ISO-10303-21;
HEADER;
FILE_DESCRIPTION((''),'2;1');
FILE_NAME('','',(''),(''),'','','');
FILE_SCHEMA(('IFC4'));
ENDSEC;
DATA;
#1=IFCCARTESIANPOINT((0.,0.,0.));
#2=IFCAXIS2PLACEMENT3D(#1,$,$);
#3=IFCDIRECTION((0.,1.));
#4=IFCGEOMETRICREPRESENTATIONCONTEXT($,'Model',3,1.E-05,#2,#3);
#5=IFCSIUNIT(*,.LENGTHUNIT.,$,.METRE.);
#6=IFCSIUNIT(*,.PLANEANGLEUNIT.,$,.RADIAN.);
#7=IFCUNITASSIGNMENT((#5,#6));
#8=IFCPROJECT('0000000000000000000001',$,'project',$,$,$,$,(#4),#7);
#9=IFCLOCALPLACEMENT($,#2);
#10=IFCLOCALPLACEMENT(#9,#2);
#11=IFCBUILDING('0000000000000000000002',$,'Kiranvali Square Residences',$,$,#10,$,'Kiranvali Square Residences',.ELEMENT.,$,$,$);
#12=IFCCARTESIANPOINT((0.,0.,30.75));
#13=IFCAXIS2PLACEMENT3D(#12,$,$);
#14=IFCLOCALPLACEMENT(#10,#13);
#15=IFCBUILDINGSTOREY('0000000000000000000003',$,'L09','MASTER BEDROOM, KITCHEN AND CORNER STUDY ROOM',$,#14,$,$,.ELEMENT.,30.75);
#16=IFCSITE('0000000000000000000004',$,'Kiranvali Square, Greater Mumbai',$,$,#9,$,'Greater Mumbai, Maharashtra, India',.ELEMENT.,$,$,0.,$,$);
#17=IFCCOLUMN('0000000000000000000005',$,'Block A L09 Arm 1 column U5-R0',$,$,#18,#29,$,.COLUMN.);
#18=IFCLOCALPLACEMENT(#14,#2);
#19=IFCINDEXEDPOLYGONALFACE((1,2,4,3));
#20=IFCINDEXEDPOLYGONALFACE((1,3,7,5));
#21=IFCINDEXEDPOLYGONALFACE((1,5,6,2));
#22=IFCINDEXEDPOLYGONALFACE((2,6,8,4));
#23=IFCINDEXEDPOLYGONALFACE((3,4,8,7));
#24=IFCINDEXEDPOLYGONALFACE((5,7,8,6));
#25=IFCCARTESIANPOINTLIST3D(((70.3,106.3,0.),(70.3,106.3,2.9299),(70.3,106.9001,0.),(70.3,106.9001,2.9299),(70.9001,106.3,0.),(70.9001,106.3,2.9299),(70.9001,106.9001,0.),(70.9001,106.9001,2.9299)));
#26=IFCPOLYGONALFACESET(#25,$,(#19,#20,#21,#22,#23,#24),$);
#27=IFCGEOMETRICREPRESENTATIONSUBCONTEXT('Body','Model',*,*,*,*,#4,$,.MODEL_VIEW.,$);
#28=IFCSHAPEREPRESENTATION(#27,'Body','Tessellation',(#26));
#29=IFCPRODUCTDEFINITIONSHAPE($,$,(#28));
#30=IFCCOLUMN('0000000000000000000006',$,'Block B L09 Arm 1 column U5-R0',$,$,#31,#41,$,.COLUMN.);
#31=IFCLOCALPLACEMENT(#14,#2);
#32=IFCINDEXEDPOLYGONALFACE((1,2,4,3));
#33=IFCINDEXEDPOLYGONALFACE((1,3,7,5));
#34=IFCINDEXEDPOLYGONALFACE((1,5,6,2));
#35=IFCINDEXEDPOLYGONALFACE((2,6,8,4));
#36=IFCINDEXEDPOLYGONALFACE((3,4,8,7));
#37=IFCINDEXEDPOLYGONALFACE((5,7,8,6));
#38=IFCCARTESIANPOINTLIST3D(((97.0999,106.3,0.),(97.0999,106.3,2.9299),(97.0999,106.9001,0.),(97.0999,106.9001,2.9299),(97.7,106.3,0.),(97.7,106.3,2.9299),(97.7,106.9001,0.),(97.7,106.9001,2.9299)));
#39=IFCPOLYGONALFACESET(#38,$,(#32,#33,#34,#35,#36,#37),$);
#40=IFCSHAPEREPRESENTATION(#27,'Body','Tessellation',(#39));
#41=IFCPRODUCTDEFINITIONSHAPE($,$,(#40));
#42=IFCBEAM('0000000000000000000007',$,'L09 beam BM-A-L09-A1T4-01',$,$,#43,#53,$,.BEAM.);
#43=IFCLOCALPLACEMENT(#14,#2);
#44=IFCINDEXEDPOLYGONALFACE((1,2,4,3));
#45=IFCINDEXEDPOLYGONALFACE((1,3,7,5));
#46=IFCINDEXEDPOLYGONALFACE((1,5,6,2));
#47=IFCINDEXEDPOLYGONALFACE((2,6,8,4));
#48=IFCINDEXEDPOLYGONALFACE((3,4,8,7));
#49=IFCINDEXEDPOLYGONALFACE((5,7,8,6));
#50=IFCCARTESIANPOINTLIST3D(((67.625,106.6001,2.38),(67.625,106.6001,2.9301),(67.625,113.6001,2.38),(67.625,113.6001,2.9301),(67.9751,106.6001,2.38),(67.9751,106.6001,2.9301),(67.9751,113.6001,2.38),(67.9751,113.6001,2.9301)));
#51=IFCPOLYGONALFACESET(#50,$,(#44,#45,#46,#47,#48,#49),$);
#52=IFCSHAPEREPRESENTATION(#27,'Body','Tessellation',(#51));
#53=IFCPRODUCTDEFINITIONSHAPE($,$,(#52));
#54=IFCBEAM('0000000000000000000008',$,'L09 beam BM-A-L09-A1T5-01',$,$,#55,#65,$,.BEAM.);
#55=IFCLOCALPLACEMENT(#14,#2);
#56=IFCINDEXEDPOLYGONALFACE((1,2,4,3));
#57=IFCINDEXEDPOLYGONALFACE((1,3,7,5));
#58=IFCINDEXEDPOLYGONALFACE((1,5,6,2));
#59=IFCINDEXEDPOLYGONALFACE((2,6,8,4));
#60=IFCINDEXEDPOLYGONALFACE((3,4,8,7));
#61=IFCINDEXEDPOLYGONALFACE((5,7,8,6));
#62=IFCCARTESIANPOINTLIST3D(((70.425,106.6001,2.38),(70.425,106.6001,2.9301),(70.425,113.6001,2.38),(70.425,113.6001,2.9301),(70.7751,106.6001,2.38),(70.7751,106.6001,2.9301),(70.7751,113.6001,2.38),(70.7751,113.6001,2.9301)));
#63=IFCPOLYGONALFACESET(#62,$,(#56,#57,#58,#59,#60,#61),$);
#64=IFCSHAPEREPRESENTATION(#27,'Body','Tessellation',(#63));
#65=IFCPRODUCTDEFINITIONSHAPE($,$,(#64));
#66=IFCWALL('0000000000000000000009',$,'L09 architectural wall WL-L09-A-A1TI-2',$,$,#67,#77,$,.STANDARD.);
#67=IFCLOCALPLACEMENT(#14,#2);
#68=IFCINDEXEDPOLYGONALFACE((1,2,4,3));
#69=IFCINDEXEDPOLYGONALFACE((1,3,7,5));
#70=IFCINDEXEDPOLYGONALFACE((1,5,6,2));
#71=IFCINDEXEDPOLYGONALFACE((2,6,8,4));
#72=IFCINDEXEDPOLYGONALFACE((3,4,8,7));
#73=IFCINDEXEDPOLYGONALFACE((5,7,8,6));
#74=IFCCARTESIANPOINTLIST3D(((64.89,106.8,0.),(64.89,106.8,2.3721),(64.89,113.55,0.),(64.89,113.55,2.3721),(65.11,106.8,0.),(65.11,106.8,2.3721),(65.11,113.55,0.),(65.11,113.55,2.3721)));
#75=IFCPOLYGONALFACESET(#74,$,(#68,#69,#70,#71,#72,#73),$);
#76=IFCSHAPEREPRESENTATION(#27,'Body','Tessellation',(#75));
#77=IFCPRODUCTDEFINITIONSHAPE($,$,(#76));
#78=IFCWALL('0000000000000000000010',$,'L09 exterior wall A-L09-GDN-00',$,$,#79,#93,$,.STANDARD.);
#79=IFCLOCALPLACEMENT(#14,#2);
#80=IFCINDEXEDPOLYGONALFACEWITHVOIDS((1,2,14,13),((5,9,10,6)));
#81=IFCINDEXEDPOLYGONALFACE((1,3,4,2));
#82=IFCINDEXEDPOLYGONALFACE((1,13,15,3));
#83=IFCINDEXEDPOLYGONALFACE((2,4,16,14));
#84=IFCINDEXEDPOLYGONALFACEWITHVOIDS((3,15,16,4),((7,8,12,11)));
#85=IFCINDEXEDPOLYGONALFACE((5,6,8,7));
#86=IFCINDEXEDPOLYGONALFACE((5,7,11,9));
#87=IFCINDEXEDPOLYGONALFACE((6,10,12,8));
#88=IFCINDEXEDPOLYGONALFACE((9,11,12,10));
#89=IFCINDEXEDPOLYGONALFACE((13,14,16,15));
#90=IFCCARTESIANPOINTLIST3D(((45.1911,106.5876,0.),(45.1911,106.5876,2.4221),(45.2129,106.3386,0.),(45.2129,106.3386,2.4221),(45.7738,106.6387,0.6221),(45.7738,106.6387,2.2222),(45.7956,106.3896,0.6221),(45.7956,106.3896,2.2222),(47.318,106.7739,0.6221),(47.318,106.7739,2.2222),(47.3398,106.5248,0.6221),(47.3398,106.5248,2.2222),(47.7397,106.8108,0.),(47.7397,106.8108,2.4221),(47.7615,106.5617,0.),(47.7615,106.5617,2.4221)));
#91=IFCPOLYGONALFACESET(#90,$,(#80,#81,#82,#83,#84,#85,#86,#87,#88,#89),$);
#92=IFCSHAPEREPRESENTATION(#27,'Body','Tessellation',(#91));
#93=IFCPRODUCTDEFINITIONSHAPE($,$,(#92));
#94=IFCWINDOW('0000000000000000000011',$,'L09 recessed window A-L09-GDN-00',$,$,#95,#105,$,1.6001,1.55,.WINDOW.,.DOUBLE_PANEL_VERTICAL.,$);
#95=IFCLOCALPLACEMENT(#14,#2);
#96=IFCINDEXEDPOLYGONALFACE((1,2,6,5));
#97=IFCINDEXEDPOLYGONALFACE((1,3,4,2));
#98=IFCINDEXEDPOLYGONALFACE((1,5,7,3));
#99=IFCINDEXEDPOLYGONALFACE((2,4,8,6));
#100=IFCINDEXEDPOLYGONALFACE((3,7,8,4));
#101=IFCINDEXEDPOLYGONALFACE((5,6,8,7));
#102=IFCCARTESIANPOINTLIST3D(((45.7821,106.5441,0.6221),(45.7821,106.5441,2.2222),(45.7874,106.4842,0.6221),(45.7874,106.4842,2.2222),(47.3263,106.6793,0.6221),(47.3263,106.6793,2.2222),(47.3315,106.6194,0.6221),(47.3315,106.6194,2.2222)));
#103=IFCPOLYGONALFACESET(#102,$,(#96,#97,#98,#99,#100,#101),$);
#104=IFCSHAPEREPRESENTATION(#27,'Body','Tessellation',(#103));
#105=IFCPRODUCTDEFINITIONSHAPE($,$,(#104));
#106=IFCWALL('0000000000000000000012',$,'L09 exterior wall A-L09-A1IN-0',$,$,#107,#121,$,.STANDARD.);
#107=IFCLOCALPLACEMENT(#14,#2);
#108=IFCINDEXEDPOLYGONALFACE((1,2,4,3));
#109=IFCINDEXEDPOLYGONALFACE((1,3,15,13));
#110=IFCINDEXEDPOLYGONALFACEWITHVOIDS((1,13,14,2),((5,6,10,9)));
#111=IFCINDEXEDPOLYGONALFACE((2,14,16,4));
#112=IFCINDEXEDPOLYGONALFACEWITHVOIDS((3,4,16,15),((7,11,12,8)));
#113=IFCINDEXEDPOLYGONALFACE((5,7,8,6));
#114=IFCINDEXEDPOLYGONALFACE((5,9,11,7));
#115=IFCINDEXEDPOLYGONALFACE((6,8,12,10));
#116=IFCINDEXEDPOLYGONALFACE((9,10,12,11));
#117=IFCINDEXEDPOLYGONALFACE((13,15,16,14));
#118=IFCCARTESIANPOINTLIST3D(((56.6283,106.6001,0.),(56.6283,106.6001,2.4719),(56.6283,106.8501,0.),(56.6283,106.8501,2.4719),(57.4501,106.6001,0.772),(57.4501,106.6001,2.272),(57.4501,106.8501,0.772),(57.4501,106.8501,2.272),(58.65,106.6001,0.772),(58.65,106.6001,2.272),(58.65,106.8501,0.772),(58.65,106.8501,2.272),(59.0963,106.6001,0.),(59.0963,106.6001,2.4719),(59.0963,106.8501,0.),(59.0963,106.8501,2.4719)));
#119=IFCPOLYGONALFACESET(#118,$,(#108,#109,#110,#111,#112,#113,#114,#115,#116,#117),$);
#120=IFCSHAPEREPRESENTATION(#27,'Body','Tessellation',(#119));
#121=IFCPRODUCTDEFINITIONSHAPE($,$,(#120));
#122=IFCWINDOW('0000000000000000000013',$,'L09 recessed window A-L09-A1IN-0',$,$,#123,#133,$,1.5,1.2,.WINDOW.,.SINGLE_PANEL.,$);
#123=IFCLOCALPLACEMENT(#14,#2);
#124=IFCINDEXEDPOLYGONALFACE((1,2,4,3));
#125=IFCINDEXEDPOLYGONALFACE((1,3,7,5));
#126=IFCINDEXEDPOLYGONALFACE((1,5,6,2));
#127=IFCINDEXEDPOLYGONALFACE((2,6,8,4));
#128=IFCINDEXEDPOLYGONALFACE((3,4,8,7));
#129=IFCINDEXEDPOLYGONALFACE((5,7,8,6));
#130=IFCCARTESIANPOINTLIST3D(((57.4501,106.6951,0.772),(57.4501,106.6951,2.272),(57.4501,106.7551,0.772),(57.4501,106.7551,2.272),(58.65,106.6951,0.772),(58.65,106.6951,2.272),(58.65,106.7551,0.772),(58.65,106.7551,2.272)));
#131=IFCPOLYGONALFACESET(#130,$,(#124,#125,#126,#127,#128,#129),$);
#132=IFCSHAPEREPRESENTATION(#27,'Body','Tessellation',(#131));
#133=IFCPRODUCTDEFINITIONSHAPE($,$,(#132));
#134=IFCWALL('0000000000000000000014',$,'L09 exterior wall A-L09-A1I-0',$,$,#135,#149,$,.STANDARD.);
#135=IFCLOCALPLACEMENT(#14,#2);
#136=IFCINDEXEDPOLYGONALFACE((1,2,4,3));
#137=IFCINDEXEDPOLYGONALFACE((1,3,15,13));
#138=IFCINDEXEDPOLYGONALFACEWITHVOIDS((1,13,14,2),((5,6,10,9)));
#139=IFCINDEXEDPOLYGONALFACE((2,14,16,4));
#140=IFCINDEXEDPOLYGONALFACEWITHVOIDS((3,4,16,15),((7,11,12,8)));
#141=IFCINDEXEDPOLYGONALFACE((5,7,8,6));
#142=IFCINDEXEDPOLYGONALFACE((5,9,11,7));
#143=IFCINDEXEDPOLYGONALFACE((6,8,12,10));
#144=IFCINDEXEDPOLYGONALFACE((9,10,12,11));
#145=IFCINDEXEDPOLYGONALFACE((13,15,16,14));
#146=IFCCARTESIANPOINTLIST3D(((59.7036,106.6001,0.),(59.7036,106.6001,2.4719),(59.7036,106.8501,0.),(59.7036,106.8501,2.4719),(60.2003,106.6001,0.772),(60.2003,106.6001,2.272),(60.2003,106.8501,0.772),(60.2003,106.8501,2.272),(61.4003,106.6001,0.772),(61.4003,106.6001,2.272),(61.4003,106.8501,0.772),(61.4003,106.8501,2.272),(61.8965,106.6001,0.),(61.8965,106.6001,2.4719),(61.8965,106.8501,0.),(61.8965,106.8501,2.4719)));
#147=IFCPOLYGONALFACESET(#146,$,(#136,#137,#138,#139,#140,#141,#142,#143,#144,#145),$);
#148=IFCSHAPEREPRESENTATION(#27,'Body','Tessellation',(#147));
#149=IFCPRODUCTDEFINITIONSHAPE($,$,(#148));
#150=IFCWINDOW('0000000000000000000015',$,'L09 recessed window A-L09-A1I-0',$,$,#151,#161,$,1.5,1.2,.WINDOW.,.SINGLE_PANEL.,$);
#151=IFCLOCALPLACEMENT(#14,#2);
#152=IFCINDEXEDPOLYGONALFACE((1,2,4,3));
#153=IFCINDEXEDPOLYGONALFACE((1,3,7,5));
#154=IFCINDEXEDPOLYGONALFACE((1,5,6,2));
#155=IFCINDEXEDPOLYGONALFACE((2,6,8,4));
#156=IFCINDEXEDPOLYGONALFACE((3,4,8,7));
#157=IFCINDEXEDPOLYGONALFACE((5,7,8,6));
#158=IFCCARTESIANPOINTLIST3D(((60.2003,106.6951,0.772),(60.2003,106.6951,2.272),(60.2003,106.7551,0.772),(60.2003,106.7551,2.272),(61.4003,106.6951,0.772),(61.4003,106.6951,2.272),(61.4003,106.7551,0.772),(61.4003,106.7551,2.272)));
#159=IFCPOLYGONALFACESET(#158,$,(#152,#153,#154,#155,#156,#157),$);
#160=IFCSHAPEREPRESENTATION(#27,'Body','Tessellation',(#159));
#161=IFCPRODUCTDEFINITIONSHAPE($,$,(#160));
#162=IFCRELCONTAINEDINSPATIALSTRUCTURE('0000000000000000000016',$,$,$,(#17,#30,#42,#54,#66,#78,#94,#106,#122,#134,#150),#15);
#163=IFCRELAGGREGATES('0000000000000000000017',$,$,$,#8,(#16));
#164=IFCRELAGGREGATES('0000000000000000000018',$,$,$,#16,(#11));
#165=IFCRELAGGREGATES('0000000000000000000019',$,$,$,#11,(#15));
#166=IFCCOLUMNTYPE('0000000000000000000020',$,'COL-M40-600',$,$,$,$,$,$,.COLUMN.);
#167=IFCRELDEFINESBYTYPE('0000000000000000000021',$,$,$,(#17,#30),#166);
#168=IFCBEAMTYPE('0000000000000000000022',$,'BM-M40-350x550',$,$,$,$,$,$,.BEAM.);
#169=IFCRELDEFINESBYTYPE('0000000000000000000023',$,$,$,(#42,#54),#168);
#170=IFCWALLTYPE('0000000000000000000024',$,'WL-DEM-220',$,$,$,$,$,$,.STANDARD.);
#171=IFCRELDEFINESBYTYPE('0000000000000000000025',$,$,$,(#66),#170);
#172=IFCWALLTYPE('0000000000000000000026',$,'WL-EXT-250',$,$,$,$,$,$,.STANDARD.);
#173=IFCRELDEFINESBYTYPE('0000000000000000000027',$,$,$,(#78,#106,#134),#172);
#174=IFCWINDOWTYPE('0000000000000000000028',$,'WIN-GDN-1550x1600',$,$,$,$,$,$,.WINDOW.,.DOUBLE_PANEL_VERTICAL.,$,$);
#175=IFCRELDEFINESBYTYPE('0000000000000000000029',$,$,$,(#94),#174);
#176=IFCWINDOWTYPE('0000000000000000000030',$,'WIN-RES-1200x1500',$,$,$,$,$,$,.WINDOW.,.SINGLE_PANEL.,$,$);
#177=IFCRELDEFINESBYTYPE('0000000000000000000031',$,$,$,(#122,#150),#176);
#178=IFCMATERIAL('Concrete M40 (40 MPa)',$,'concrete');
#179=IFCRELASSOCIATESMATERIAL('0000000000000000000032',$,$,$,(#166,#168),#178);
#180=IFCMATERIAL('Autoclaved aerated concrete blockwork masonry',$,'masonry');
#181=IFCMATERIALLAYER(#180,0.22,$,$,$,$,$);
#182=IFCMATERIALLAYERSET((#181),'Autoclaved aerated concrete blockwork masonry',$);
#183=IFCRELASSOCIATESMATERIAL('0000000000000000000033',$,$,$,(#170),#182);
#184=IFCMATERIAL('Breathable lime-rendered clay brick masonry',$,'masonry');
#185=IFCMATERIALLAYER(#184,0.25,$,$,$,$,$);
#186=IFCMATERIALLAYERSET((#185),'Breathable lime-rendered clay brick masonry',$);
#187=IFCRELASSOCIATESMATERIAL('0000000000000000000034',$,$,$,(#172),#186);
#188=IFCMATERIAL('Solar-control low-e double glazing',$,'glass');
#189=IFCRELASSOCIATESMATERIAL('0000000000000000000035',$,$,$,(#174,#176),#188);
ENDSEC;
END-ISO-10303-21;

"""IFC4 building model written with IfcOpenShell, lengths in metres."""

from ifc_helpers import new_model, si_unit, direction, frame, frame_2d, origin, origin_2d, place, context, subcontext, project, spatial, rectangle, extrude, material, layer, layer_set, material_profile, profile_set, type_object, element, fill, save


model = new_model("IFC4")

# Units and contexts
model_context = context("Model", 3, precision=1e-05, world=origin(), true_north=direction((0.0, 1.0)))
body_context = subcontext(model_context, "Body", "Model", "MODEL_VIEW")
ifc_project = project(units=[si_unit("LENGTHUNIT", "METRE"), si_unit("PLANEANGLEUNIT", "RADIAN")], contexts=[model_context])

# Site, building, storey
site_placement = place(None, origin())
site = spatial("IfcSite", under=ifc_project, at=site_placement, Name="Kiranvali Square, Greater Mumbai", LongName="Greater Mumbai, Maharashtra, India", CompositionType="ELEMENT", RefElevation=0.0)
building_placement = place(site_placement, origin())
building = spatial("IfcBuilding", under=site, at=building_placement, Name="Kiranvali Square Residences", LongName="Kiranvali Square Residences", CompositionType="ELEMENT")
storey_placement = place(building_placement, frame((0.0, 0.0, 30.75)))
storey = spatial("IfcBuildingStorey", under=building, at=storey_placement, Name="L09", Description="MASTER BEDROOM, KITCHEN AND CORNER STUDY ROOM", CompositionType="ELEMENT", Elevation=30.75)

# Columns
ifc_material_1 = material(Name="Concrete M40 (40 MPa)", Category="concrete")
ifc_material_profile_1 = material_profile(ifc_material_1, rectangle(XDim=0.6001, YDim=0.6001, at=origin_2d()), Name="RC 600x600")
ifc_profile_set_1 = profile_set([ifc_material_profile_1], Name="Concrete M40 (40 MPa)")
column_type = type_object("IfcColumnType", Name="COL-M40-600", PredefinedType="COLUMN", material=ifc_profile_set_1)
for number, where, z_axis, x_axis, name in (
    (1, (70.6001, 106.6001, 0.0), (0.0, 0.0, 1.0), (1.0, 0.0, 0.0), "Block A L09 Arm 1 column U5-R0"),
    (2, (97.3999, 106.6001, 0.0), (0.0, 0.0, 1.0), (1.0, 0.0, 0.0), "Block B L09 Arm 1 column U5-R0"),
):
    element("IfcColumn", number, at=place(storey_placement, frame(where, z_axis=z_axis, x_axis=x_axis)), inside=storey, type_object=column_type, Name=name, PredefinedType="COLUMN", context=body_context, shape_type="SweptSolid", body=[
        extrude(rectangle(XDim=0.6001, YDim=0.6001, at=origin_2d()), origin(), (0.0, 0.0, 1.0), 2.9299),
    ])

# Beams
ifc_material_profile_2 = material_profile(ifc_material_1, rectangle(XDim=0.3501, YDim=0.55, at=origin_2d()), Name="RC 350x550")
ifc_profile_set_2 = profile_set([ifc_material_profile_2], Name="Concrete M40 (40 MPa)")
beam_type = type_object("IfcBeamType", Name="BM-M40-350x550", PredefinedType="BEAM", material=ifc_profile_set_2)
for number, where, z_axis, x_axis, name in (
    (3, (67.8, 106.6001, 2.655), (0.0, 1.0, 0.0), (-1.0, 0.0, 0.0), "L09 beam BM-A-L09-A1T4-01"),
    (4, (70.6001, 106.6001, 2.655), (0.0, 1.0, 0.0), (-1.0, 0.0, 0.0), "L09 beam BM-A-L09-A1T5-01"),
):
    element("IfcBeam", number, at=place(storey_placement, frame(where, z_axis=z_axis, x_axis=x_axis)), inside=storey, type_object=beam_type, Name=name, PredefinedType="BEAM", context=body_context, shape_type="SweptSolid", body=[
        extrude(rectangle(XDim=0.3501, YDim=0.55, at=origin_2d()), origin(), (0.0, 0.0, 1.0), 7.0),
    ])

# Wall
ifc_material_2 = material(Name="Autoclaved aerated concrete blockwork masonry", Category="masonry")
ifc_layer_1 = layer(ifc_material_2, 0.22)
ifc_layer_set_1 = layer_set([ifc_layer_1], Name="Autoclaved aerated concrete blockwork masonry")
wall_type_1 = type_object("IfcWallType", Name="WL-DEM-220", PredefinedType="STANDARD", material=ifc_layer_set_1)
wall_1_placement = place(storey_placement, frame((65.0, 106.8, 0.0), z_axis=(0.0, 0.0, 1.0), x_axis=(0.0, 1.0, 0.0)))
element("IfcWall", 5, at=wall_1_placement, inside=storey, type_object=wall_type_1, Name="L09 architectural wall WL-L09-A-A1TI-2", PredefinedType="STANDARD", context=body_context, shape_type="SweptSolid", body=[
    extrude(rectangle(XDim=6.75, YDim=0.22, at=frame_2d((3.375, 0.0))), origin(), (0.0, 0.0, 1.0), 2.3721),
])

# Walls, openings, windows
ifc_material_3 = material(Name="Breathable lime-rendered clay brick masonry", Category="masonry")
ifc_layer_2 = layer(ifc_material_3, 0.25)
ifc_layer_set_2 = layer_set([ifc_layer_2], Name="Breathable lime-rendered clay brick masonry")
wall_type_2 = type_object("IfcWallType", Name="WL-EXT-250", PredefinedType="STANDARD", material=ifc_layer_set_2)
wall_2_placement = place(storey_placement, frame((47.7507, 106.6863, 0.0), z_axis=(0.0, 0.0, 1.0), x_axis=(-0.996189, -0.087223, 0.0)))
wall_2 = element("IfcWall", 6, at=wall_2_placement, inside=storey, type_object=wall_type_2, Name="L09 exterior wall A-L09-GDN-00", PredefinedType="STANDARD", context=body_context, shape_type="SweptSolid", body=[
    extrude(rectangle(XDim=2.5583, YDim=0.25, at=frame_2d((1.2793, 0.0))), origin(), (0.0, 0.0, 1.0), 2.4221),
])
opening_1_placement = place(wall_2_placement, frame((0.4236, 0.0, 0.6221)))
opening_1 = element("IfcOpeningElement", 7, at=opening_1_placement, cuts=wall_2, PredefinedType="OPENING", context=body_context, shape_type="SweptSolid", body=[
    extrude(rectangle(XDim=1.55, YDim=1.6001, at=frame_2d((0.7749, 0.8))), frame((0.0, 0.135, 0.0), z_axis=(0.0, -1.0, 0.0), x_axis=(1.0, 0.0, 0.0)), (0.0, 0.0, 1.0), 0.27),
])
ifc_material_4 = material(Name="Solar-control low-e double glazing", Category="glass")
window_type_1 = type_object("IfcWindowType", Name="WIN-GDN-1550x1600", PartitioningType="DOUBLE_PANEL_VERTICAL", PredefinedType="WINDOW", material=ifc_material_4)
window_1_placement = place(opening_1_placement, origin())
window_1 = element("IfcWindow", 8, at=window_1_placement, inside=storey, type_object=window_type_1, Name="L09 recessed window A-L09-GDN-00", OverallHeight=1.6001, OverallWidth=1.55, PartitioningType="DOUBLE_PANEL_VERTICAL", PredefinedType="WINDOW", context=body_context, shape_type="SweptSolid", body=[
    extrude(rectangle(XDim=1.55, YDim=1.6001, at=frame_2d((0.7749, 0.8))), frame((0.0, 0.03, 0.0), z_axis=(0.0, -1.0, 0.0), x_axis=(1.0, 0.0, 0.0)), (0.0, 0.0, 1.0), 0.0601),
])
fill(opening_1, window_1)
wall_3_placement = place(storey_placement, frame((56.6284, 106.7251, 0.0), z_axis=(0.0, 0.0, 1.0), x_axis=(1.0, 0.0, 0.0)))
wall_3 = element("IfcWall", 9, at=wall_3_placement, inside=storey, type_object=wall_type_2, Name="L09 exterior wall A-L09-A1IN-0", PredefinedType="STANDARD", context=body_context, shape_type="SweptSolid", body=[
    extrude(rectangle(XDim=2.468, YDim=0.25, at=frame_2d((1.2339, 0.0))), origin(), (0.0, 0.0, 1.0), 2.4719),
])
opening_2_placement = place(wall_3_placement, frame((0.8215, 0.0, 0.772)))
opening_2 = element("IfcOpeningElement", 10, at=opening_2_placement, cuts=wall_3, PredefinedType="OPENING", context=body_context, shape_type="SweptSolid", body=[
    extrude(rectangle(XDim=1.2, YDim=1.5, at=frame_2d((0.6001, 0.75))), frame((0.0, 0.135, 0.0), z_axis=(0.0, -1.0, 0.0), x_axis=(1.0, 0.0, 0.0)), (0.0, 0.0, 1.0), 0.27),
])
window_type_2 = type_object("IfcWindowType", Name="WIN-RES-1200x1500", PartitioningType="SINGLE_PANEL", PredefinedType="WINDOW", material=ifc_material_4)
window_2_placement = place(opening_2_placement, origin())
window_2 = element("IfcWindow", 11, at=window_2_placement, inside=storey, type_object=window_type_2, Name="L09 recessed window A-L09-A1IN-0", OverallHeight=1.5, OverallWidth=1.2, PartitioningType="SINGLE_PANEL", PredefinedType="WINDOW", context=body_context, shape_type="SweptSolid", body=[
    extrude(rectangle(XDim=1.2, YDim=1.5, at=frame_2d((0.6001, 0.75))), frame((0.0, 0.03, 0.0), z_axis=(0.0, -1.0, 0.0), x_axis=(1.0, 0.0, 0.0)), (0.0, 0.0, 1.0), 0.0601),
])
fill(opening_2, window_2)
wall_4_placement = place(storey_placement, frame((59.7036, 106.7251, 0.0), z_axis=(0.0, 0.0, 1.0), x_axis=(1.0, 0.0, 0.0)))
wall_4 = element("IfcWall", 12, at=wall_4_placement, inside=storey, type_object=wall_type_2, Name="L09 exterior wall A-L09-A1I-0", PredefinedType="STANDARD", context=body_context, shape_type="SweptSolid", body=[
    extrude(rectangle(XDim=2.1929, YDim=0.25, at=frame_2d((1.0964, 0.0))), origin(), (0.0, 0.0, 1.0), 2.4719),
])
opening_3_placement = place(wall_4_placement, frame((0.4966, 0.0, 0.772)))
opening_3 = element("IfcOpeningElement", 13, at=opening_3_placement, cuts=wall_4, PredefinedType="OPENING", context=body_context, shape_type="SweptSolid", body=[
    extrude(rectangle(XDim=1.2, YDim=1.5, at=frame_2d((0.6001, 0.75))), frame((0.0, 0.135, 0.0), z_axis=(0.0, -1.0, 0.0), x_axis=(1.0, 0.0, 0.0)), (0.0, 0.0, 1.0), 0.27),
])
window_3_placement = place(opening_3_placement, origin())
window_3 = element("IfcWindow", 14, at=window_3_placement, inside=storey, type_object=window_type_2, Name="L09 recessed window A-L09-A1I-0", OverallHeight=1.5, OverallWidth=1.2, PartitioningType="SINGLE_PANEL", PredefinedType="WINDOW", context=body_context, shape_type="SweptSolid", body=[
    extrude(rectangle(XDim=1.2, YDim=1.5, at=frame_2d((0.6001, 0.75))), frame((0.0, 0.03, 0.0), z_axis=(0.0, -1.0, 0.0), x_axis=(1.0, 0.0, 0.0)), (0.0, 0.0, 1.0), 0.0601),
])
fill(opening_3, window_3)

save(model, "model.ifc")
